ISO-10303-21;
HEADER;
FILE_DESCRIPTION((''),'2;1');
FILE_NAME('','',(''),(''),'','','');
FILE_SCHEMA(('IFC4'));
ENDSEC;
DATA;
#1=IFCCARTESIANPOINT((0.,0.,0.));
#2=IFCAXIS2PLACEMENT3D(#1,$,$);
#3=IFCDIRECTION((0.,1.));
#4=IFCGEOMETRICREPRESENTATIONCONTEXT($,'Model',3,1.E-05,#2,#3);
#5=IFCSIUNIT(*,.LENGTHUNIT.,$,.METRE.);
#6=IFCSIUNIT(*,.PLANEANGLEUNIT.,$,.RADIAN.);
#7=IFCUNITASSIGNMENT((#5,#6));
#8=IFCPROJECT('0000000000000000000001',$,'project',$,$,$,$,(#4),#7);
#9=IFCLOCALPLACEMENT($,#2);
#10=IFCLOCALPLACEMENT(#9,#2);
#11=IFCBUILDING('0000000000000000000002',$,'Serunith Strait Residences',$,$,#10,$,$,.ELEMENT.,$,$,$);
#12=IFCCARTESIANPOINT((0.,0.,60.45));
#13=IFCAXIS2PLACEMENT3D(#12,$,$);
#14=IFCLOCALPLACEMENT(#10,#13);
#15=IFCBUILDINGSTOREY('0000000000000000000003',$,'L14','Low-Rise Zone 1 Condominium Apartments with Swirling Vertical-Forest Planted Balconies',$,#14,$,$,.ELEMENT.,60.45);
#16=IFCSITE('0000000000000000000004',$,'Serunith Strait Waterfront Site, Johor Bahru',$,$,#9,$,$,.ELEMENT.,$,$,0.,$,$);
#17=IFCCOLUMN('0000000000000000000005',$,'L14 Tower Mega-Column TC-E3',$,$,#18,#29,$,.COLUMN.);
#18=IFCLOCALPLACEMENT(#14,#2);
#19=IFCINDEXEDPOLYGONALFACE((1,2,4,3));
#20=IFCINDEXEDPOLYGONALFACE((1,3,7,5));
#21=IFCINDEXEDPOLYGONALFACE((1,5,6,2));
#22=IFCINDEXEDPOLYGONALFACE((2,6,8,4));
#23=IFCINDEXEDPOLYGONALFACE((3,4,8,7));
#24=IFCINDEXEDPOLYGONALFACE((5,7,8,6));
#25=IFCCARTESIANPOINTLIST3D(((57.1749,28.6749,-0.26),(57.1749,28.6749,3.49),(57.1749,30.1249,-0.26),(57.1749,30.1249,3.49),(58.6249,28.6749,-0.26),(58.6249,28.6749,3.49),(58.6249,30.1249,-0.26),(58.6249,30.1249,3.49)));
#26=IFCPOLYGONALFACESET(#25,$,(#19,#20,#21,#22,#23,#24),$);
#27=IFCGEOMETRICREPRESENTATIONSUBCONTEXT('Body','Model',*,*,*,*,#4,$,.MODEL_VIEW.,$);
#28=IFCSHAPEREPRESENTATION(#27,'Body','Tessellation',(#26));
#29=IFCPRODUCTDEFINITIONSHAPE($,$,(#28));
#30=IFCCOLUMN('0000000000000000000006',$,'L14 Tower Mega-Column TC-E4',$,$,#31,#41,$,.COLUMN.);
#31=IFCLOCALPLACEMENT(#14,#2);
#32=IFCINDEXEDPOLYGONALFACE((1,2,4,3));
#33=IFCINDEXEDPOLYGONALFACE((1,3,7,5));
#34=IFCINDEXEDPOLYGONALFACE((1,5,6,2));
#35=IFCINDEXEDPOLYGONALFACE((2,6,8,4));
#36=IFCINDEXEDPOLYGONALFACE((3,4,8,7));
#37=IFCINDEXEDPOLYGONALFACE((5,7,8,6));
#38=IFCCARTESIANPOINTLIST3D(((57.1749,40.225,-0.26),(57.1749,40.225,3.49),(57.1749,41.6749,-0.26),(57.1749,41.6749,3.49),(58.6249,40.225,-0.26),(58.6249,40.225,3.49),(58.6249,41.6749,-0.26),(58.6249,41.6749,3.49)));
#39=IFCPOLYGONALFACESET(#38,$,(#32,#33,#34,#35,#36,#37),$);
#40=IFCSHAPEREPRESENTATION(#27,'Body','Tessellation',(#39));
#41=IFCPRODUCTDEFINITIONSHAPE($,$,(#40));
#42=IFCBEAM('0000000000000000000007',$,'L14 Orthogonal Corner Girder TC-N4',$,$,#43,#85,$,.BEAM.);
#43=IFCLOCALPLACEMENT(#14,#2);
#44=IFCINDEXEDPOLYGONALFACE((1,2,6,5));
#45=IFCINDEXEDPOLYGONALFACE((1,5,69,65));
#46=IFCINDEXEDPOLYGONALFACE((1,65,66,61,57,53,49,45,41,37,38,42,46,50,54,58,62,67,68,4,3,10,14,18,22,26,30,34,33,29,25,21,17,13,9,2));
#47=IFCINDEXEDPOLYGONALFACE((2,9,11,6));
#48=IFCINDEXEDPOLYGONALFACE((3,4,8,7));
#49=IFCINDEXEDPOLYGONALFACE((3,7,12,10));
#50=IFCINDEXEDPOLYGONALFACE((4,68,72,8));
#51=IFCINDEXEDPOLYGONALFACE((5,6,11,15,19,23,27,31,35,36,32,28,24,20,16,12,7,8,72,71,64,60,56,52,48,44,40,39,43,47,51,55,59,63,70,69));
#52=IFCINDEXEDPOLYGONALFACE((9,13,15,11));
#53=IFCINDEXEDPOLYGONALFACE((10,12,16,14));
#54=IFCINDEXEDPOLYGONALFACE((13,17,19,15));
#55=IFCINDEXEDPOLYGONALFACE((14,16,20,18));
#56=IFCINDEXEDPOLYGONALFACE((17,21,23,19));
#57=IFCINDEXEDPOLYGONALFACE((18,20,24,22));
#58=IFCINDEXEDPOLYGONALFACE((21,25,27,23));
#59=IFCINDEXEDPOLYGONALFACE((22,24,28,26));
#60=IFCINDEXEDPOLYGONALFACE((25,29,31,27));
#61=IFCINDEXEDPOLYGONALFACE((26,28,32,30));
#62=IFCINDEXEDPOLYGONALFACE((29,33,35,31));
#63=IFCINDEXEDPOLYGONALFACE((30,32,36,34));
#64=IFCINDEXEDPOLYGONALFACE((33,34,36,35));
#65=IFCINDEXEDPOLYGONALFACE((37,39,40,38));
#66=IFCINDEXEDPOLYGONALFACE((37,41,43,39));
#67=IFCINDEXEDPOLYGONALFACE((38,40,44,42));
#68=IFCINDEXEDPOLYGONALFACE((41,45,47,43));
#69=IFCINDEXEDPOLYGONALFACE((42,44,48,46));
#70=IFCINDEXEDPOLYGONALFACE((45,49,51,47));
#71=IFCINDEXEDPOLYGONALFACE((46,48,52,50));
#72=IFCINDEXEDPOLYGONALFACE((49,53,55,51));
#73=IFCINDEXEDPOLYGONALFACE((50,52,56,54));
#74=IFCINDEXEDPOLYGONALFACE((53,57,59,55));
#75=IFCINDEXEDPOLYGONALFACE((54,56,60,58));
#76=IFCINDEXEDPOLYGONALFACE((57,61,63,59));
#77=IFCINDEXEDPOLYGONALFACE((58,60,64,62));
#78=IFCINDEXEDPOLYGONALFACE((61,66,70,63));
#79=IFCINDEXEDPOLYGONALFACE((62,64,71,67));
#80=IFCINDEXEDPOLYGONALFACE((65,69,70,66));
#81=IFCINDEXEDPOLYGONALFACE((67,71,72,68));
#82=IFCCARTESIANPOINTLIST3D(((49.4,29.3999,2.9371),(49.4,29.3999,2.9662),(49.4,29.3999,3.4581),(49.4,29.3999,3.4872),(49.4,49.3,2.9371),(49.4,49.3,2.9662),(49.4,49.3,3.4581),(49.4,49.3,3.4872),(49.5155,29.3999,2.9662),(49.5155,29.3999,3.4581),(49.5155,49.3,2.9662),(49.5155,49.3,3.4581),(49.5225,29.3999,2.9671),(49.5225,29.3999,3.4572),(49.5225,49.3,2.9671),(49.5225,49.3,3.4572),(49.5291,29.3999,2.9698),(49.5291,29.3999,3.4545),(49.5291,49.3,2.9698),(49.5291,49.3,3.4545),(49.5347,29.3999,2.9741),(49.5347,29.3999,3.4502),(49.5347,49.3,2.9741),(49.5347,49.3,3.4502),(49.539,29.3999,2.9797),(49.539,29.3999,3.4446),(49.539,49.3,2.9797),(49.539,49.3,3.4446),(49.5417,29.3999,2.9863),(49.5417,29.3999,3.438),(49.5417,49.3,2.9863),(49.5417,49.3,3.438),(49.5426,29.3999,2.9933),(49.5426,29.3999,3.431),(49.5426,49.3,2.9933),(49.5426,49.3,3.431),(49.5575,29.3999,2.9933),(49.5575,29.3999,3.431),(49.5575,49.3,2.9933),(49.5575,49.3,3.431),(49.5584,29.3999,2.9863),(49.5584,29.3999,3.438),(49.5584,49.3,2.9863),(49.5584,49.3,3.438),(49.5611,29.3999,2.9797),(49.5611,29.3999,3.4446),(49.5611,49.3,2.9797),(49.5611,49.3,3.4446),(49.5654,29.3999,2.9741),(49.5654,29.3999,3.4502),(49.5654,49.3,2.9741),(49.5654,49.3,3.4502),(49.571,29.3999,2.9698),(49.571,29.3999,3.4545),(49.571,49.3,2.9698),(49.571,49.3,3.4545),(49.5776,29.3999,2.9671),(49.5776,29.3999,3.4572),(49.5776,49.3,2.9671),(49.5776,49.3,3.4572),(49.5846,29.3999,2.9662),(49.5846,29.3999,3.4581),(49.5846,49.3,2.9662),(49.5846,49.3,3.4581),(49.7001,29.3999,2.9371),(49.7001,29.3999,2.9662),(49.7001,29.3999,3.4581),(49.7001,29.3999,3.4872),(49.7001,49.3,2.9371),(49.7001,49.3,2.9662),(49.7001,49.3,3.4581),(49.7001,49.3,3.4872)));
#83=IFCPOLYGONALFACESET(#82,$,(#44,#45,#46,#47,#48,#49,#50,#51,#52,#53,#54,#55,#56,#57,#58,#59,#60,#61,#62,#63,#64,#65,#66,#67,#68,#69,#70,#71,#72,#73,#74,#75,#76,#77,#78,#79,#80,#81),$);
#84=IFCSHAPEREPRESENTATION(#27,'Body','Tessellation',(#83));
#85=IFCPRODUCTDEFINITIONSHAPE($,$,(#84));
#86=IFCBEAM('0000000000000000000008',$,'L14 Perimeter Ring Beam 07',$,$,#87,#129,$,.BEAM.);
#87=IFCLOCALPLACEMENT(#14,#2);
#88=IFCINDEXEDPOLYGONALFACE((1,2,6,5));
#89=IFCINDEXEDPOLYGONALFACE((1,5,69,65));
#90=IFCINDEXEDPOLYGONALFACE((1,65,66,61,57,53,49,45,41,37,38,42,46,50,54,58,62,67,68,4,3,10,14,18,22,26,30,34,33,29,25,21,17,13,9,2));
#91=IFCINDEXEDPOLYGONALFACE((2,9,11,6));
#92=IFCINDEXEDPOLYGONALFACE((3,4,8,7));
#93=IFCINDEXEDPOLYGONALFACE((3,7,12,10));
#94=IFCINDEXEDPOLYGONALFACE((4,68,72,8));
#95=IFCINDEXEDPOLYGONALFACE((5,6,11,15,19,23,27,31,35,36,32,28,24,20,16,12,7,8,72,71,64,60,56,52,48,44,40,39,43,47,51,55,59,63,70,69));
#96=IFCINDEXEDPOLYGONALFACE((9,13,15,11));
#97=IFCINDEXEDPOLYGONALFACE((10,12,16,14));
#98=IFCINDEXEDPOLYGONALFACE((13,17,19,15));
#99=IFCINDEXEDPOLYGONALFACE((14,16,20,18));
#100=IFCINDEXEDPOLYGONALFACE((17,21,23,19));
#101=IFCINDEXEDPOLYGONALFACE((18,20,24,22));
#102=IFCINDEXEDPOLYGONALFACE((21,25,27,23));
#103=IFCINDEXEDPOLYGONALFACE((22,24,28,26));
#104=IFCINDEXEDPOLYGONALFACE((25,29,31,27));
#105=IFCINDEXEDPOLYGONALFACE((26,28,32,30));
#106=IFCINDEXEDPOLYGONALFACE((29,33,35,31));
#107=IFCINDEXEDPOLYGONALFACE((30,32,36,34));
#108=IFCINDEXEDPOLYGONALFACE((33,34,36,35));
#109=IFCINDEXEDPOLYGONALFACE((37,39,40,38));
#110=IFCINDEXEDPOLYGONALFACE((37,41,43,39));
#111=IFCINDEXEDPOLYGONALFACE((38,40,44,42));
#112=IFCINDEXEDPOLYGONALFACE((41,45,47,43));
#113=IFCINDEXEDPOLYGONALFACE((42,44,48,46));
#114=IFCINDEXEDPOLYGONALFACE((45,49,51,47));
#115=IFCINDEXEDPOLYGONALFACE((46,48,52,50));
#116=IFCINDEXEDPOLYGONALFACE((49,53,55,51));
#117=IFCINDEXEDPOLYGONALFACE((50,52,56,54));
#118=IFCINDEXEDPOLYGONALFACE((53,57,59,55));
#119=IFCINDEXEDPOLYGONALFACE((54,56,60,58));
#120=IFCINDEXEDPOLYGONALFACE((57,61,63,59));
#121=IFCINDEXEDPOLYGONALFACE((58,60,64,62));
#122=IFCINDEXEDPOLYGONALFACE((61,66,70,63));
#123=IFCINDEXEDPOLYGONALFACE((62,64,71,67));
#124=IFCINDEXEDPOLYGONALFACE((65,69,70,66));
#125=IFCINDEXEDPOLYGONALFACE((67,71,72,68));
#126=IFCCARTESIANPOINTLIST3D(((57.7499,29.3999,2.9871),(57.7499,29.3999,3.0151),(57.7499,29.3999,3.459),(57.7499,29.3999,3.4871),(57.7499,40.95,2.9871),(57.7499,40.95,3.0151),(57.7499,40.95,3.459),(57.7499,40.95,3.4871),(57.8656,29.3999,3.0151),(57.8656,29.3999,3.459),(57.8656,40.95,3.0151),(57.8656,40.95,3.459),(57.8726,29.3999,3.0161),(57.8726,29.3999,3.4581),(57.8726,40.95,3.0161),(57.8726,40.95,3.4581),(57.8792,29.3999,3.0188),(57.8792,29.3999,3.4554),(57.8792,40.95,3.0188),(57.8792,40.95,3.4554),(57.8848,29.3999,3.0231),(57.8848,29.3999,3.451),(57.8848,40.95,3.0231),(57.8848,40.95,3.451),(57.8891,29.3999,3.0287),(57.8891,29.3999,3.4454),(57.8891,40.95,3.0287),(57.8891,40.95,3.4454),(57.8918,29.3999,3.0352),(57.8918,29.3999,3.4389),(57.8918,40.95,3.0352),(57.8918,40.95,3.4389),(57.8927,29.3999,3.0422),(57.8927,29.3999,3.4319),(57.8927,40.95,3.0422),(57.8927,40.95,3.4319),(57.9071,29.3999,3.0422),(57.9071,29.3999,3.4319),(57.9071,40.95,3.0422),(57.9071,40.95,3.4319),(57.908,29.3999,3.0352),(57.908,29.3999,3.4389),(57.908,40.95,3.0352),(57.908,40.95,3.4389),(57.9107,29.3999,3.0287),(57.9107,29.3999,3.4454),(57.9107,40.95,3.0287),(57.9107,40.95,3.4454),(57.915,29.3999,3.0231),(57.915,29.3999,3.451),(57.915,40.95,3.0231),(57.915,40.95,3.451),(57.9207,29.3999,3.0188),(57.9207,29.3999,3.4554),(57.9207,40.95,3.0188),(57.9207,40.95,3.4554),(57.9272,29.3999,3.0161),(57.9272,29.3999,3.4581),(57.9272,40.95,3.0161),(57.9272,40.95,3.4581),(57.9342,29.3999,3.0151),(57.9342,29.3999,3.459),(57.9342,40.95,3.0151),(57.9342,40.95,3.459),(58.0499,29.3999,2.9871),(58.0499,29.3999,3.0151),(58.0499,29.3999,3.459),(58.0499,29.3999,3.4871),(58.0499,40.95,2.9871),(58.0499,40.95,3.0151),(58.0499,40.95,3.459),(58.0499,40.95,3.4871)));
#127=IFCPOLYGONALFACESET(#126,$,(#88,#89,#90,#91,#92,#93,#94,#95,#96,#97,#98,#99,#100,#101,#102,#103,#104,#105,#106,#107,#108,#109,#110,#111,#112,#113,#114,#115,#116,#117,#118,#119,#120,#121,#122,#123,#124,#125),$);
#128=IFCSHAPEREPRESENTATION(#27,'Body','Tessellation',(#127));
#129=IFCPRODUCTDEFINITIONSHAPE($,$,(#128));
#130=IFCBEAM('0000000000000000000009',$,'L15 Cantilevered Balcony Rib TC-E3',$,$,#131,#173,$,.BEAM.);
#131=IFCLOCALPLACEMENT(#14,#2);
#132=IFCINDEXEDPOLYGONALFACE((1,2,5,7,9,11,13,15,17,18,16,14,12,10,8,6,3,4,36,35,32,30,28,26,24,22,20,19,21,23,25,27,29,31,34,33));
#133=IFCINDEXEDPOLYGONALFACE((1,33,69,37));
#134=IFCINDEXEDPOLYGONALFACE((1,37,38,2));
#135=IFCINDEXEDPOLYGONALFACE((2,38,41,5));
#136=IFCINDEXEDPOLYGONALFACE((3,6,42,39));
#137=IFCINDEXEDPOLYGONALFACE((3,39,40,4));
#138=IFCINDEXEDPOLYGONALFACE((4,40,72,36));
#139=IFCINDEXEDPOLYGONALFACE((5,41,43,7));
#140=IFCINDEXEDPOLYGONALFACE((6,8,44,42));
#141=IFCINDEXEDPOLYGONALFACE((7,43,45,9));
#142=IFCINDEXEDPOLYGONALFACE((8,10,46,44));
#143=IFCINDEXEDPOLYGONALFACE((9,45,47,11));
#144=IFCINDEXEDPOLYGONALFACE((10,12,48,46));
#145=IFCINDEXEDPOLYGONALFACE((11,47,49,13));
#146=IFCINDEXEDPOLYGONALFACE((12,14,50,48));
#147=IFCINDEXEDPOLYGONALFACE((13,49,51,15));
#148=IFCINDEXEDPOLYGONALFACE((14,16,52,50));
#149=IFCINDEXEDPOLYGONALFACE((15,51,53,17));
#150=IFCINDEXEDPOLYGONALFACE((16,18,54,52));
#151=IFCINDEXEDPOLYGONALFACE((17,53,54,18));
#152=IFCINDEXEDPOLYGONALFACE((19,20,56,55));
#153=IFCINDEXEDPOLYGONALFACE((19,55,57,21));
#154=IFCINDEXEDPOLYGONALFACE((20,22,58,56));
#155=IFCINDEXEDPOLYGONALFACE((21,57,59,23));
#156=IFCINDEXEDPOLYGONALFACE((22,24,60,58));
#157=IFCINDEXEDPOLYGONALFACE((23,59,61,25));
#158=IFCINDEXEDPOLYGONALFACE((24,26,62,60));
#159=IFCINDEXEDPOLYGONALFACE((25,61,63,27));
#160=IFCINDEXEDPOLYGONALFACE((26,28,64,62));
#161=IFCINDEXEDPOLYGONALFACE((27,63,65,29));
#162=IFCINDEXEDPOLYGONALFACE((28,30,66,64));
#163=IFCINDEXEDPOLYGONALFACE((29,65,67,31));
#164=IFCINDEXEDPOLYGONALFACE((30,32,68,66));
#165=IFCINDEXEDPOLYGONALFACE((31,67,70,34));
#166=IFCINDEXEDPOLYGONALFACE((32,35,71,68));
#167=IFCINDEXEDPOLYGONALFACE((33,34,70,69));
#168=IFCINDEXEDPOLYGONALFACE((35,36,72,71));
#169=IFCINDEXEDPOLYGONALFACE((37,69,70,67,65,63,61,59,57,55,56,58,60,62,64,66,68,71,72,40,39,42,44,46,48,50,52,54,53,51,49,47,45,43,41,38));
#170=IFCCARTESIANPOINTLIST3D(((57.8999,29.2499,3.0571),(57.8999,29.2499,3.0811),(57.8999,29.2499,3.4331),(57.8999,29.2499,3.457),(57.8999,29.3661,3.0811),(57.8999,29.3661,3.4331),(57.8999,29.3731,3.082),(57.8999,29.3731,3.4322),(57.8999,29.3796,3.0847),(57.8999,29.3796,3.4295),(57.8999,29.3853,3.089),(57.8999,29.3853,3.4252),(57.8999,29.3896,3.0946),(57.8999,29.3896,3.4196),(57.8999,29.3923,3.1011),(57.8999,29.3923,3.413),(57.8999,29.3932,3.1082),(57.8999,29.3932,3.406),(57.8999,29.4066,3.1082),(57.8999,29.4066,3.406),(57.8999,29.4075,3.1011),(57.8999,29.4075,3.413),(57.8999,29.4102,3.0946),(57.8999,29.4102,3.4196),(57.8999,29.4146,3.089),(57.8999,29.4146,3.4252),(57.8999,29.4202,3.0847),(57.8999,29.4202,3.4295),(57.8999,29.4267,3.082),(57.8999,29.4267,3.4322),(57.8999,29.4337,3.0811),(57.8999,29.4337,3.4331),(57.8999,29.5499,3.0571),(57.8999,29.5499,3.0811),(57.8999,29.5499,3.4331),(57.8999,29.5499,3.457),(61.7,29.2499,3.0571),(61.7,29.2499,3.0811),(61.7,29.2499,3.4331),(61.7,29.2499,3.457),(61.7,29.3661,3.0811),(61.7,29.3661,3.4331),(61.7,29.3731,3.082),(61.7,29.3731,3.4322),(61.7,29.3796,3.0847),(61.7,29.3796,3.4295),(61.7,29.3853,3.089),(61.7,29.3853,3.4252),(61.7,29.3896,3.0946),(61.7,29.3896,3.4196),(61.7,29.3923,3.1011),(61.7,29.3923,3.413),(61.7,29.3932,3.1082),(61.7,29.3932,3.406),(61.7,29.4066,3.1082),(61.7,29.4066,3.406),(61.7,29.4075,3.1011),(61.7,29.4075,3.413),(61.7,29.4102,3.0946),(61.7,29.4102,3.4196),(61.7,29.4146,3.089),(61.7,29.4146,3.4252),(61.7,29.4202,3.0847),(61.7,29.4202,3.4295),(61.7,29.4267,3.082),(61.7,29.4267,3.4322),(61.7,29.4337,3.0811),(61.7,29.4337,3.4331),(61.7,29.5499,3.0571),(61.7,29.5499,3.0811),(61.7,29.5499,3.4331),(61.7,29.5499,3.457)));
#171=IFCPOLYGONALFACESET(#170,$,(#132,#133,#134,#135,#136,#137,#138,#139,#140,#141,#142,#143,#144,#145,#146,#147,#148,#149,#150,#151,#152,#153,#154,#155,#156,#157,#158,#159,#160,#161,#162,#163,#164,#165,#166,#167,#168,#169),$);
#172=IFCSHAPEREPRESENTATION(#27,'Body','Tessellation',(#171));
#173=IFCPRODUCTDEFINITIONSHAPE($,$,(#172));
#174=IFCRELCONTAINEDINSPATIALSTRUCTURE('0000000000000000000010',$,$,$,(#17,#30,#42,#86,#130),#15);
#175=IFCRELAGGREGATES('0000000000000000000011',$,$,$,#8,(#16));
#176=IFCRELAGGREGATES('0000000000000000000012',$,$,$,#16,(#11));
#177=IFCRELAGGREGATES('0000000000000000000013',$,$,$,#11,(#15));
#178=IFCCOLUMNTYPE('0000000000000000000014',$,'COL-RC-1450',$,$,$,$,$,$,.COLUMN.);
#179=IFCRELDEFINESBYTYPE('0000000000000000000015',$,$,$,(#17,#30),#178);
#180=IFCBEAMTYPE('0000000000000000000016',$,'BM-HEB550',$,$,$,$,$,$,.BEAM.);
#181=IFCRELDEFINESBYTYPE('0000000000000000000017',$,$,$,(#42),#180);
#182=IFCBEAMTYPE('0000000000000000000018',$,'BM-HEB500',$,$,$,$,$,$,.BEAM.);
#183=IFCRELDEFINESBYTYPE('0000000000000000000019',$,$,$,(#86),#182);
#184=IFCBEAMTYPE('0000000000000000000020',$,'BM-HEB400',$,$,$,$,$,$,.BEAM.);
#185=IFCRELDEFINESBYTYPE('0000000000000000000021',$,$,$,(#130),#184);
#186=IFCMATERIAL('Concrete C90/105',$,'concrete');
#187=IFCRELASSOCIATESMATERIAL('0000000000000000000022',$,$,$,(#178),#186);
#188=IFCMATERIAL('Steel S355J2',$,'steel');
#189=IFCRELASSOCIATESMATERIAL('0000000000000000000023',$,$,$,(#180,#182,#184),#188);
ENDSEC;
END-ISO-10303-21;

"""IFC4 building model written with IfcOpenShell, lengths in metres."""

from ifc_helpers import new_model, si_unit, direction, frame, origin, origin_2d, place, context, subcontext, project, spatial, rectangle, i_section, extrude, source, transform, mapped, material, material_profile, profile_set, type_object, element, save


model = new_model("IFC4")

# Units and contexts
model_context = context("Model", 3, precision=1e-05, world=origin(), true_north=direction((0.0, 1.0)))
body_context = subcontext(model_context, "Body", "Model", "MODEL_VIEW")
ifc_project = project(units=[si_unit("LENGTHUNIT", "METRE"), si_unit("PLANEANGLEUNIT", "RADIAN")], contexts=[model_context])

# Site, building, storey
site_placement = place(None, origin())
site = spatial("IfcSite", under=ifc_project, at=site_placement, Name="Serunith Strait Waterfront Site, Johor Bahru", CompositionType="ELEMENT", RefElevation=0.0)
building_placement = place(site_placement, origin())
building = spatial("IfcBuilding", under=site, at=building_placement, Name="Serunith Strait Residences", CompositionType="ELEMENT")
storey_placement = place(building_placement, frame((0.0, 0.0, 60.45)))
storey = spatial("IfcBuildingStorey", under=building, at=storey_placement, Name="L14", Description="Low-Rise Zone 1 Condominium Apartments with Swirling Vertical-Forest Planted Balconies", CompositionType="ELEMENT", Elevation=60.45)

# Columns
ifc_material_1 = material(Name="Concrete C90/105", Category="concrete")
ifc_material_profile_1 = material_profile(ifc_material_1, rectangle(XDim=1.45, YDim=1.45, at=origin_2d()), Name="RC 1450x1450")
ifc_profile_set_1 = profile_set([ifc_material_profile_1], Name="Concrete C90/105")
column_type = type_object("IfcColumnType", Name="COL-RC-1450", PredefinedType="COLUMN", material=ifc_profile_set_1)
shared_shape_1 = source(origin(), body_context, "Body", "SweptSolid", [
    extrude(rectangle(XDim=1.45, YDim=1.45, at=origin_2d()), origin(), (0.0, 0.0, 1.0), 3.75),
])
for number, where, z_axis, x_axis, name in (
    (1, (57.8999, 29.3999, -0.26), (0.0, 0.0, 1.0), (1.0, 0.0, 0.0), "L14 Tower Mega-Column TC-E3"),
    (2, (57.8999, 40.95, -0.26), (0.0, 0.0, 1.0), (1.0, 0.0, 0.0), "L14 Tower Mega-Column TC-E4"),
):
    element("IfcColumn", number, at=place(storey_placement, frame(where, z_axis=z_axis, x_axis=x_axis)), inside=storey, type_object=column_type, Name=name, PredefinedType="COLUMN", context=body_context, shape_type="MappedRepresentation", body=[
        mapped(shared_shape_1, transform((0.0, 0.0, 0.0), scale=1.0)),
    ])

# Beams
ifc_material_2 = material(Name="Steel S355J2", Category="steel")
ifc_material_profile_2 = material_profile(ifc_material_2, i_section(OverallWidth=0.3, OverallDepth=0.55, WebThickness=0.0149, FlangeThickness=0.0291, FilletRadius=0.0271, at=origin_2d()), Name="HEB 550")
ifc_profile_set_2 = profile_set([ifc_material_profile_2], Name="Steel S355J2")
beam_type_1 = type_object("IfcBeamType", Name="BM-HEB550", PredefinedType="BEAM", material=ifc_profile_set_2)
shared_shape_2 = source(origin(), body_context, "Body", "SweptSolid", [
    extrude(i_section(OverallWidth=0.3, OverallDepth=0.55, WebThickness=0.0149, FlangeThickness=0.0291, FilletRadius=0.0271, at=origin_2d()), origin(), (0.0, 0.0, 1.0), 19.9001),
])
beam_1_placement = place(storey_placement, frame((49.55, 29.3999, 3.2122), z_axis=(0.0, 1.0, 0.0), x_axis=(-1.0, 0.0, 0.0)))
element("IfcBeam", 3, at=beam_1_placement, inside=storey, type_object=beam_type_1, Name="L14 Orthogonal Corner Girder TC-N4", PredefinedType="BEAM", context=body_context, shape_type="MappedRepresentation", body=[
    mapped(shared_shape_2, transform((0.0, 0.0, 0.0), scale=1.0)),
])
ifc_material_profile_3 = material_profile(ifc_material_2, i_section(OverallWidth=0.3, OverallDepth=0.5, WebThickness=0.0144, FlangeThickness=0.0281, FilletRadius=0.0271, at=origin_2d()), Name="HEB 500")
ifc_profile_set_3 = profile_set([ifc_material_profile_3], Name="Steel S355J2")
beam_type_2 = type_object("IfcBeamType", Name="BM-HEB500", PredefinedType="BEAM", material=ifc_profile_set_3)
shared_shape_3 = source(origin(), body_context, "Body", "SweptSolid", [
    extrude(i_section(OverallWidth=0.3, OverallDepth=0.5, WebThickness=0.0144, FlangeThickness=0.0281, FilletRadius=0.0271, at=origin_2d()), origin(), (0.0, 0.0, 1.0), 11.55),
])
beam_2_placement = place(storey_placement, frame((57.8999, 29.3999, 3.2371), z_axis=(0.0, 1.0, 0.0), x_axis=(-1.0, 0.0, 0.0)))
element("IfcBeam", 4, at=beam_2_placement, inside=storey, type_object=beam_type_2, Name="L14 Perimeter Ring Beam 07", PredefinedType="BEAM", context=body_context, shape_type="MappedRepresentation", body=[
    mapped(shared_shape_3, transform((0.0, 0.0, 0.0), scale=1.0)),
])
ifc_material_profile_4 = material_profile(ifc_material_2, i_section(OverallWidth=0.3, OverallDepth=0.3999, WebThickness=0.0134, FlangeThickness=0.0239, FilletRadius=0.0271, at=origin_2d()), Name="HEB 400")
ifc_profile_set_4 = profile_set([ifc_material_profile_4], Name="Steel S355J2")
beam_type_3 = type_object("IfcBeamType", Name="BM-HEB400", PredefinedType="BEAM", material=ifc_profile_set_4)
shared_shape_4 = source(origin(), body_context, "Body", "SweptSolid", [
    extrude(i_section(OverallWidth=0.3, OverallDepth=0.3999, WebThickness=0.0134, FlangeThickness=0.0239, FilletRadius=0.0271, at=origin_2d()), origin(), (0.0, 0.0, 1.0), 3.8),
])
beam_3_placement = place(storey_placement, frame((57.8999, 29.3999, 3.2571), z_axis=(1.0, 0.0, 0.0), x_axis=(0.0, 1.0, 0.0)))
element("IfcBeam", 5, at=beam_3_placement, inside=storey, type_object=beam_type_3, Name="L15 Cantilevered Balcony Rib TC-E3", PredefinedType="BEAM", context=body_context, shape_type="MappedRepresentation", body=[
    mapped(shared_shape_4, transform((0.0, 0.0, 0.0), scale=1.0)),
])

save(model, "model.ifc")
